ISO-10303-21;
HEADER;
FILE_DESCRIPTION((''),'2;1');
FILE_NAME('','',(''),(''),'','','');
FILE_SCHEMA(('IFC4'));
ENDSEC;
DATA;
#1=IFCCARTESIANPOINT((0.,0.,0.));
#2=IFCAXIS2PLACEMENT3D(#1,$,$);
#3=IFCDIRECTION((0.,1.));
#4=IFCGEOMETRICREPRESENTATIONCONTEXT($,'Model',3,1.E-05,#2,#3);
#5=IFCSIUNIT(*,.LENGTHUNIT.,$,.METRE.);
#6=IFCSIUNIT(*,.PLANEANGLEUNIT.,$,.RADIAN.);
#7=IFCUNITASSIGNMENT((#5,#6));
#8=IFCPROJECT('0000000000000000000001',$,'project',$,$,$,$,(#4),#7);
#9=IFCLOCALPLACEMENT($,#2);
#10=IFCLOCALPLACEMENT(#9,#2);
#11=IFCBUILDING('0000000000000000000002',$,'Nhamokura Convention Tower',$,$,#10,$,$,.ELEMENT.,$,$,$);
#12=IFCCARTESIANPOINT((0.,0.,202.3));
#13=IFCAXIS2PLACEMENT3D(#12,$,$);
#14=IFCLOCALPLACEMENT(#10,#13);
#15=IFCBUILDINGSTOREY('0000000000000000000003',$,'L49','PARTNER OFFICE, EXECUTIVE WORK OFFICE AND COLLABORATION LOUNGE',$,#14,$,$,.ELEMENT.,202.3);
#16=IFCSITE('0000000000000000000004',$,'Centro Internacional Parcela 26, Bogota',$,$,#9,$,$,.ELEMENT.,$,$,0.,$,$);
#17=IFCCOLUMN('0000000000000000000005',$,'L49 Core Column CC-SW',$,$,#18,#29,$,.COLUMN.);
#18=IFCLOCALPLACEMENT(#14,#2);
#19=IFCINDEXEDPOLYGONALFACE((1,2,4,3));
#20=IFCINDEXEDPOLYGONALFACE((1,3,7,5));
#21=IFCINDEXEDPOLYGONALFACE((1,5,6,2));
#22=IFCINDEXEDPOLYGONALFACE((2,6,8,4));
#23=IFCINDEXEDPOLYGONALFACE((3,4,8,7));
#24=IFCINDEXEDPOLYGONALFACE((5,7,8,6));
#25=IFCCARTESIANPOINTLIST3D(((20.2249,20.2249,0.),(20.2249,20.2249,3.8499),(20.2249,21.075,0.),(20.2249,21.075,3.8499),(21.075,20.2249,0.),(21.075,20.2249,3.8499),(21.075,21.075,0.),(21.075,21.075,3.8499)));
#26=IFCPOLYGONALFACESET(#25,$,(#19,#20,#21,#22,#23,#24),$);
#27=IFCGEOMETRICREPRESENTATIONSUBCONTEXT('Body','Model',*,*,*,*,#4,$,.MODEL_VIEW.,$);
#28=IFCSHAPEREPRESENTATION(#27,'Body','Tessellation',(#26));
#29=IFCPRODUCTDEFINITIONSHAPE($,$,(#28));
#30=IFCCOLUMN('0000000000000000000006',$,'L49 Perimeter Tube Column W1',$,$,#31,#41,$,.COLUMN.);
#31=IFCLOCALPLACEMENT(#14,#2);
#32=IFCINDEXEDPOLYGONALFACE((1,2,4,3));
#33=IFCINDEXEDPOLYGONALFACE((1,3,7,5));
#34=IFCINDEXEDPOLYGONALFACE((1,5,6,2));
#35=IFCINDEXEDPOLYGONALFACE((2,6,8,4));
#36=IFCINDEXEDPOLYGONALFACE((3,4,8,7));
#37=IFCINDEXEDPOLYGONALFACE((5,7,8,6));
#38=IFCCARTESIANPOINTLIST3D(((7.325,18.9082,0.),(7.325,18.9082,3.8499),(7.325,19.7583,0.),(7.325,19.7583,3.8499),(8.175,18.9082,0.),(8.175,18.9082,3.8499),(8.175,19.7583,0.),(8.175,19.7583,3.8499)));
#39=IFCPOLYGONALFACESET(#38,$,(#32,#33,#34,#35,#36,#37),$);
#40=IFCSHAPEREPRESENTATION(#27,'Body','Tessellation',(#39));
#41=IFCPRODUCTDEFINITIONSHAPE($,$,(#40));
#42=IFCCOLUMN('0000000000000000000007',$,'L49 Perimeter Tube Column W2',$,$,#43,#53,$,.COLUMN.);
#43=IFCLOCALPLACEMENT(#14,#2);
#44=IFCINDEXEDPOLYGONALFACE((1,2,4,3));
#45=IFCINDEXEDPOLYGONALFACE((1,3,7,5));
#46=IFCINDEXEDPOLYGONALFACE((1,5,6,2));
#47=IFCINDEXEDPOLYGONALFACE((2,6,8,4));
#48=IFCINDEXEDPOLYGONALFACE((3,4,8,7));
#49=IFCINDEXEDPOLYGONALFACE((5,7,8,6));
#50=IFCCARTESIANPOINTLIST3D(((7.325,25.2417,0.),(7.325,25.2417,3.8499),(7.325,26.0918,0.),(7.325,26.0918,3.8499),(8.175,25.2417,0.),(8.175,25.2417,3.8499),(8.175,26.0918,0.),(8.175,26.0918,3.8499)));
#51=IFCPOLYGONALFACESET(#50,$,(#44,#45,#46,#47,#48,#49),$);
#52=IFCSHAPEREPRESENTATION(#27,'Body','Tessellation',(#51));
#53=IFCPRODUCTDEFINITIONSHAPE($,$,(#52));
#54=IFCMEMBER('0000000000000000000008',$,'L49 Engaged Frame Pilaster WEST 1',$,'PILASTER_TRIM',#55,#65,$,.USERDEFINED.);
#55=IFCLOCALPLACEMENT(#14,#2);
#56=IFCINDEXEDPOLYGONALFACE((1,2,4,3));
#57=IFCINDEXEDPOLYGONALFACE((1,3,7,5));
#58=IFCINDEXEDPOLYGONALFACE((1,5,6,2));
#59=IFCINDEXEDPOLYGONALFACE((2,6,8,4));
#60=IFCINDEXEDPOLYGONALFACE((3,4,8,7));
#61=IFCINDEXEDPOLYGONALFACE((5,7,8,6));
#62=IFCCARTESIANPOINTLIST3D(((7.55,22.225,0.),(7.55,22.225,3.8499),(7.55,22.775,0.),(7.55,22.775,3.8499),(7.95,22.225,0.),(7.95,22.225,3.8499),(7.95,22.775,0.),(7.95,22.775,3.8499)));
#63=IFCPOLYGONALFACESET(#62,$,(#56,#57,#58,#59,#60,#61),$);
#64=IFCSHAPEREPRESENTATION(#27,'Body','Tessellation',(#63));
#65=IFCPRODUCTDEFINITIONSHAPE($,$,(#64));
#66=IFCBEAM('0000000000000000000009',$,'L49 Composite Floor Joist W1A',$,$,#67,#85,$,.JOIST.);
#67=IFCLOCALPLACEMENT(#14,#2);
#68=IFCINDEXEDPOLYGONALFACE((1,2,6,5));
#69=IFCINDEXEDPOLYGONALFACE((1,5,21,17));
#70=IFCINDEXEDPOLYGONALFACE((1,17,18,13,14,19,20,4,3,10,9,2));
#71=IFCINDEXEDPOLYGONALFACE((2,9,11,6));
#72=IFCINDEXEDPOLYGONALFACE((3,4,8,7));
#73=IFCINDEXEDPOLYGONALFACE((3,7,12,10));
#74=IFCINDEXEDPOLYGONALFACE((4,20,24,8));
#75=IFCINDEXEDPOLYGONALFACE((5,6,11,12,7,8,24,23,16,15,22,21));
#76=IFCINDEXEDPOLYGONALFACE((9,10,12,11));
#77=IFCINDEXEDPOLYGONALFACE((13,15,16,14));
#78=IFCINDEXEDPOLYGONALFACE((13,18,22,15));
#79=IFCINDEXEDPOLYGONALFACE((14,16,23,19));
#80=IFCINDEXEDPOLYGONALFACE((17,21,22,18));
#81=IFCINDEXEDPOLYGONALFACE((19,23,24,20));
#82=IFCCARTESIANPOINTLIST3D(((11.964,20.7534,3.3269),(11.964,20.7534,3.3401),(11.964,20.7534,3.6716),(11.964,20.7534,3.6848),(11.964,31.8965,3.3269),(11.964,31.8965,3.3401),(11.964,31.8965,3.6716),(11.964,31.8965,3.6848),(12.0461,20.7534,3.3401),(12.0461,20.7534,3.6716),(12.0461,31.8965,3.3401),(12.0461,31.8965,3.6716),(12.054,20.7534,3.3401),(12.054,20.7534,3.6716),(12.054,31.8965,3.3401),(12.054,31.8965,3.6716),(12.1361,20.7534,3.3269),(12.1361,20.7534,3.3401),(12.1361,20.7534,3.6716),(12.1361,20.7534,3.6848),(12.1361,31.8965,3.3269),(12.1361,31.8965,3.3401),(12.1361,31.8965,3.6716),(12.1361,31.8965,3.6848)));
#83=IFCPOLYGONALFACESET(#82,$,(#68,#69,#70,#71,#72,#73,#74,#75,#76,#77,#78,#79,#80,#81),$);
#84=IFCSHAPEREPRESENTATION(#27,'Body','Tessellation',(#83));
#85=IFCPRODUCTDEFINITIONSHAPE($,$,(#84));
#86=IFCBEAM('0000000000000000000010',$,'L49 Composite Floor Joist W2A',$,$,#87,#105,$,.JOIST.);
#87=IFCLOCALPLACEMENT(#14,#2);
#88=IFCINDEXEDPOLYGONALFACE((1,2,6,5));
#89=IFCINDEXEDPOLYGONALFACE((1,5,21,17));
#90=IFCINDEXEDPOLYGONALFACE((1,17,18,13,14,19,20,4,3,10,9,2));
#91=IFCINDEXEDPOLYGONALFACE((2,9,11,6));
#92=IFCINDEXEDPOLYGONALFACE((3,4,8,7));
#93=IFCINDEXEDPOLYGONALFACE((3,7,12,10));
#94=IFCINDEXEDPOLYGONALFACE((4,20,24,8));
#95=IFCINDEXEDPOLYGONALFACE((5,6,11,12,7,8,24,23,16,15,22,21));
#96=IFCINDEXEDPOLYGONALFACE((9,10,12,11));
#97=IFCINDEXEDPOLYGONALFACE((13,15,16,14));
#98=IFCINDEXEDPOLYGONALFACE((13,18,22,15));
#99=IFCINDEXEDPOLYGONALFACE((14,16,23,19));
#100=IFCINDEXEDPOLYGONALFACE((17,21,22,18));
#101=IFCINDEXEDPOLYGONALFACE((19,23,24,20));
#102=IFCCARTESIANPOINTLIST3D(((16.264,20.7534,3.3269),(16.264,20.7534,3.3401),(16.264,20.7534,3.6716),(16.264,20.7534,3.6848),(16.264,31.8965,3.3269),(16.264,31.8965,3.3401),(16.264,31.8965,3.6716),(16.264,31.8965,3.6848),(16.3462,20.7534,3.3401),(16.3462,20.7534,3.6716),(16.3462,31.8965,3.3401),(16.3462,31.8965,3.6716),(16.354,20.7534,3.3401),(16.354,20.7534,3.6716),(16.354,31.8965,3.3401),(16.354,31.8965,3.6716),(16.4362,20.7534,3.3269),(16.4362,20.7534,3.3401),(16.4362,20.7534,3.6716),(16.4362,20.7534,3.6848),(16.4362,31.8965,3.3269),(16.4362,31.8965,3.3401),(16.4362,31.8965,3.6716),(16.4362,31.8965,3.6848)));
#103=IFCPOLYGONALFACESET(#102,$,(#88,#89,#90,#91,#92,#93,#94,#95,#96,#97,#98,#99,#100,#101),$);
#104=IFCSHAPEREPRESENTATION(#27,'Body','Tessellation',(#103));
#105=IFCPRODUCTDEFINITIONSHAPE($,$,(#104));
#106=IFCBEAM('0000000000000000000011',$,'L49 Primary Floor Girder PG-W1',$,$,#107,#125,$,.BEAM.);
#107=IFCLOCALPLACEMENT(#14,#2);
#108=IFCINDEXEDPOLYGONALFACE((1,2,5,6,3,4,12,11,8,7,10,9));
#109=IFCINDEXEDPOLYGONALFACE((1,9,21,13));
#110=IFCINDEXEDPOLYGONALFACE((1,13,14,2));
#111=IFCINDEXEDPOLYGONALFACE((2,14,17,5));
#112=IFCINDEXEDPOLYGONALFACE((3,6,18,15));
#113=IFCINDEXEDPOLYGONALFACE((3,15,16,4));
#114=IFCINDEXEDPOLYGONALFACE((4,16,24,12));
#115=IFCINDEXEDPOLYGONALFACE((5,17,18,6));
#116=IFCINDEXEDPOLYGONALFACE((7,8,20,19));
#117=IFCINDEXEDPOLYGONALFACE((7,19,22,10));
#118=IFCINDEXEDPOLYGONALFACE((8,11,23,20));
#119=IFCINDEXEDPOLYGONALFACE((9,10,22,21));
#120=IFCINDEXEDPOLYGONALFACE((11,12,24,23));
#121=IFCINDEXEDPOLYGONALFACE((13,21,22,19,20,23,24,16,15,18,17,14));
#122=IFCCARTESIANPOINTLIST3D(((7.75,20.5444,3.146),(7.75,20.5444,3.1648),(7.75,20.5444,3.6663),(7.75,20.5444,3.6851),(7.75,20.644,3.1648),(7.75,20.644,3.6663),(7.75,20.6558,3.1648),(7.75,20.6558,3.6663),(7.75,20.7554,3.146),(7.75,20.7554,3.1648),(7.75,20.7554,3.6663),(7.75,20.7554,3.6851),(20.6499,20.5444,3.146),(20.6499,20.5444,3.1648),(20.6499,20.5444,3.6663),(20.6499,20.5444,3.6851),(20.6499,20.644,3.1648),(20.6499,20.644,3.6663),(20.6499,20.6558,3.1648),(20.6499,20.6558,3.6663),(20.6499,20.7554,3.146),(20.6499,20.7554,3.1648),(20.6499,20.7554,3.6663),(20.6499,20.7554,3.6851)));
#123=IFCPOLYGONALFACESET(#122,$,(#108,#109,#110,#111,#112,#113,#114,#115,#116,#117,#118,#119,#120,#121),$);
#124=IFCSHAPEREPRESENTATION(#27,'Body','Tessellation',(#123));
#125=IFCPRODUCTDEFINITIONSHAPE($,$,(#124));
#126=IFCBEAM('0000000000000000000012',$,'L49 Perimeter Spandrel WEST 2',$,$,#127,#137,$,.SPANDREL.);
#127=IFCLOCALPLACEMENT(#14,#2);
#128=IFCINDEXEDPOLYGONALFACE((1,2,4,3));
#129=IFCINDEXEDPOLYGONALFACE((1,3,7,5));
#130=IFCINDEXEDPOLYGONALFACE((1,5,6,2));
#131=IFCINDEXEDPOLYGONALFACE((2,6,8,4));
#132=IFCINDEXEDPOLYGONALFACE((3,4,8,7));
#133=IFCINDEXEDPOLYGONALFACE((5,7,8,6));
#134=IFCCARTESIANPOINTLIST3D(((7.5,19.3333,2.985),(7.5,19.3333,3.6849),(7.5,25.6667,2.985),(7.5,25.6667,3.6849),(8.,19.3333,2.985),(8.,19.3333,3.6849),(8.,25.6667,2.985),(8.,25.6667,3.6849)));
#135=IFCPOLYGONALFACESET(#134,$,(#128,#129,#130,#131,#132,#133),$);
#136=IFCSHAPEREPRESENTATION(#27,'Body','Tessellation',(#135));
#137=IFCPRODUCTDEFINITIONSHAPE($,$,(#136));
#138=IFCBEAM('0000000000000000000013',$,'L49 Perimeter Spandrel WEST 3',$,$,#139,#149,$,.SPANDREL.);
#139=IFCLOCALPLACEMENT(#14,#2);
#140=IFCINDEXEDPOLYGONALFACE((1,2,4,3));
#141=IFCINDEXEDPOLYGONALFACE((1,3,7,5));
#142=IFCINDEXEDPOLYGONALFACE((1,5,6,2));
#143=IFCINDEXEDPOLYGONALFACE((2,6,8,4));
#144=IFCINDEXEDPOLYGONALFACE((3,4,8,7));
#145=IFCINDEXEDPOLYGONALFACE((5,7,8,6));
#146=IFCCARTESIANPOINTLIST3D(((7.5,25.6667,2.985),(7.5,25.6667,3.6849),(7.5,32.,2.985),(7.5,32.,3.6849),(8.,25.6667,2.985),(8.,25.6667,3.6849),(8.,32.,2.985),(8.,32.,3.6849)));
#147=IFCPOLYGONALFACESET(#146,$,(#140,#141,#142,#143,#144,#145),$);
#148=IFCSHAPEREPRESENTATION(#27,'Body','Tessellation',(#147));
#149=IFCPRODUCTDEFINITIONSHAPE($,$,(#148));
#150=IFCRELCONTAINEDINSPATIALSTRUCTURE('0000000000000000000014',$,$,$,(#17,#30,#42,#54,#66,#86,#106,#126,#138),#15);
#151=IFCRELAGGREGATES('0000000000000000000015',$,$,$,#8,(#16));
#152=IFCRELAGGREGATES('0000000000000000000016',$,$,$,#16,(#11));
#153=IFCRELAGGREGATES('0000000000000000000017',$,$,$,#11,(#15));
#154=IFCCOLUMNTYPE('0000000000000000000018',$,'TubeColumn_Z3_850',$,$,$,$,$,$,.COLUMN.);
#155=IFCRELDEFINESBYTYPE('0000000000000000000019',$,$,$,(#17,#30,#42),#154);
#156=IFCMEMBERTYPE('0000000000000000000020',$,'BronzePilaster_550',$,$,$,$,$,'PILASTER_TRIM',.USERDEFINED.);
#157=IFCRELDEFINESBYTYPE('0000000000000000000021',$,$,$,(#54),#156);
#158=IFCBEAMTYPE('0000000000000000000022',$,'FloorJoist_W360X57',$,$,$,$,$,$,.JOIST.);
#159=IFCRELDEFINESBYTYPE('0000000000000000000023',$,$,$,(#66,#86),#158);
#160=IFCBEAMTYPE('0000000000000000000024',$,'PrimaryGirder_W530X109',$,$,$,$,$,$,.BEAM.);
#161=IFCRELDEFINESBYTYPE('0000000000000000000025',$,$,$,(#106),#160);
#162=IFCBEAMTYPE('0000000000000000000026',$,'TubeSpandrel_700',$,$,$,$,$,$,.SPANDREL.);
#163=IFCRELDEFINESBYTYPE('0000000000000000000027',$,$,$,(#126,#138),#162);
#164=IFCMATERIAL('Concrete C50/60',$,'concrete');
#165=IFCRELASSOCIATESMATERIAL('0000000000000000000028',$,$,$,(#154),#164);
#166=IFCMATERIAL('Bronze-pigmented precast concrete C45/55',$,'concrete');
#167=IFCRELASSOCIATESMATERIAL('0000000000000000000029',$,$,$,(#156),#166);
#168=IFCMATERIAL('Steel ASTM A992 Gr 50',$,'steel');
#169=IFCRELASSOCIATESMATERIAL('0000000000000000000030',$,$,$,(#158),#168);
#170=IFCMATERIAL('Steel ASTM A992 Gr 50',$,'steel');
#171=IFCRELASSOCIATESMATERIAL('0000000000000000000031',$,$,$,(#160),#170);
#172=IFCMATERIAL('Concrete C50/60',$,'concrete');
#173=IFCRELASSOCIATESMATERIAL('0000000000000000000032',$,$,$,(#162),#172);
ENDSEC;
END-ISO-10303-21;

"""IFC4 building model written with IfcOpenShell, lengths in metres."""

from ifc_helpers import new_model, si_unit, direction, frame, origin, origin_2d, place, context, subcontext, project, spatial, rectangle, i_section, extrude, material, material_profile, profile_set, type_object, element, save


model = new_model("IFC4")

# Units and contexts
model_context = context("Model", 3, precision=1e-05, world=origin(), true_north=direction((0.0, 1.0)))
body_context = subcontext(model_context, "Body", "Model", "MODEL_VIEW")
ifc_project = project(units=[si_unit("LENGTHUNIT", "METRE"), si_unit("PLANEANGLEUNIT", "RADIAN")], contexts=[model_context])

# Site, building, storey
site_placement = place(None, origin())
site = spatial("IfcSite", under=ifc_project, at=site_placement, Name="Centro Internacional Parcela 26, Bogota", CompositionType="ELEMENT", RefElevation=0.0)
building_placement = place(site_placement, origin())
building = spatial("IfcBuilding", under=site, at=building_placement, Name="Nhamokura Convention Tower", CompositionType="ELEMENT")
storey_placement = place(building_placement, frame((0.0, 0.0, 202.3)))
storey = spatial("IfcBuildingStorey", under=building, at=storey_placement, Name="L49", Description="PARTNER OFFICE, EXECUTIVE WORK OFFICE AND COLLABORATION LOUNGE", CompositionType="ELEMENT", Elevation=202.3)

# Columns
ifc_material_1 = material(Name="Concrete C50/60", Category="concrete")
ifc_material_profile_1 = material_profile(ifc_material_1, rectangle(XDim=0.8501, YDim=0.8501, at=origin_2d()))
ifc_profile_set_1 = profile_set([ifc_material_profile_1], Name="Concrete C50/60")
column_type = type_object("IfcColumnType", Name="TubeColumn_Z3_850", PredefinedType="COLUMN", material=ifc_profile_set_1)
for number, where, z_axis, x_axis, name in (
    (1, (20.6499, 20.6499, 0.0), (0.0, 0.0, 1.0), (1.0, 0.0, 0.0), "L49 Core Column CC-SW"),
    (2, (7.75, 19.3333, 0.0), (0.0, 0.0, 1.0), (1.0, 0.0, 0.0), "L49 Perimeter Tube Column W1"),
    (3, (7.75, 25.6667, 0.0), (0.0, 0.0, 1.0), (1.0, 0.0, 0.0), "L49 Perimeter Tube Column W2"),
):
    element("IfcColumn", number, at=place(storey_placement, frame(where, z_axis=z_axis, x_axis=x_axis)), inside=storey, type_object=column_type, Name=name, PredefinedType="COLUMN", context=body_context, shape_type="SweptSolid", body=[
        extrude(rectangle(XDim=0.8501, YDim=0.8501, at=origin_2d()), origin(), (0.0, 0.0, 1.0), 3.8499),
    ])

# Member
ifc_material_2 = material(Name="Bronze-pigmented precast concrete C45/55", Category="concrete")
ifc_material_profile_2 = material_profile(ifc_material_2, rectangle(XDim=0.3999, YDim=0.55, at=origin_2d()))
ifc_profile_set_2 = profile_set([ifc_material_profile_2], Name="Bronze-pigmented precast concrete C45/55")
member_type = type_object("IfcMemberType", Name="BronzePilaster_550", ElementType="PILASTER_TRIM", PredefinedType="USERDEFINED", material=ifc_profile_set_2)
member_placement = place(storey_placement, frame((7.75, 22.5, 0.0), z_axis=(0.0, 0.0, 1.0), x_axis=(1.0, 0.0, 0.0)))
element("IfcMember", 4, at=member_placement, inside=storey, type_object=member_type, Name="L49 Engaged Frame Pilaster WEST 1", ObjectType="PILASTER_TRIM", PredefinedType="USERDEFINED", context=body_context, shape_type="SweptSolid", body=[
    extrude(rectangle(XDim=0.3999, YDim=0.55, at=origin_2d()), origin(), (0.0, 0.0, 1.0), 3.8499),
])

# Beams
ifc_material_3 = material(Name="Steel ASTM A992 Gr 50", Category="steel")
ifc_material_profile_3 = material_profile(ifc_material_3, i_section(OverallWidth=0.1721, OverallDepth=0.3579, WebThickness=0.0078, FlangeThickness=0.0132, at=origin_2d()))
ifc_profile_set_3 = profile_set([ifc_material_profile_3], Name="Steel ASTM A992 Gr 50")
beam_type_1 = type_object("IfcBeamType", Name="FloorJoist_W360X57", PredefinedType="JOIST", material=ifc_profile_set_3)
for number, where, z_axis, x_axis, name in (
    (5, (12.05, 20.7534, 3.5059), (0.0, 1.0, 0.0), (-1.0, 0.0, 0.0), "L49 Composite Floor Joist W1A"),
    (6, (16.3501, 20.7534, 3.5059), (0.0, 1.0, 0.0), (-1.0, 0.0, 0.0), "L49 Composite Floor Joist W2A"),
):
    element("IfcBeam", number, at=place(storey_placement, frame(where, z_axis=z_axis, x_axis=x_axis)), inside=storey, type_object=beam_type_1, Name=name, PredefinedType="JOIST", context=body_context, shape_type="SweptSolid", body=[
        extrude(i_section(OverallWidth=0.1721, OverallDepth=0.3579, WebThickness=0.0078, FlangeThickness=0.0132, at=origin_2d()), origin(), (0.0, 0.0, 1.0), 11.1431),
    ])
ifc_material_4 = material(Name="Steel ASTM A992 Gr 50", Category="steel")
ifc_material_profile_4 = material_profile(ifc_material_4, i_section(OverallWidth=0.2109, OverallDepth=0.5391, WebThickness=0.0117, FlangeThickness=0.0188, at=origin_2d()))
ifc_profile_set_4 = profile_set([ifc_material_profile_4], Name="Steel ASTM A992 Gr 50")
beam_type_2 = type_object("IfcBeamType", Name="PrimaryGirder_W530X109", PredefinedType="BEAM", material=ifc_profile_set_4)
beam_1_placement = place(storey_placement, frame((7.75, 20.6499, 3.4155), z_axis=(1.0, 0.0, 0.0), x_axis=(0.0, 1.0, 0.0)))
element("IfcBeam", 7, at=beam_1_placement, inside=storey, type_object=beam_type_2, Name="L49 Primary Floor Girder PG-W1", PredefinedType="BEAM", context=body_context, shape_type="SweptSolid", body=[
    extrude(i_section(OverallWidth=0.2109, OverallDepth=0.5391, WebThickness=0.0117, FlangeThickness=0.0188, at=origin_2d()), origin(), (0.0, 0.0, 1.0), 12.8999),
])
ifc_material_5 = material(Name="Concrete C50/60", Category="concrete")
ifc_material_profile_5 = material_profile(ifc_material_5, rectangle(XDim=0.5, YDim=0.7, at=origin_2d()))
ifc_profile_set_5 = profile_set([ifc_material_profile_5], Name="Concrete C50/60")
beam_type_3 = type_object("IfcBeamType", Name="TubeSpandrel_700", PredefinedType="SPANDREL", material=ifc_profile_set_5)
beam_2_placement = place(storey_placement, frame((7.75, 19.3333, 3.335), z_axis=(0.0, 1.0, 0.0), x_axis=(-1.0, 0.0, 0.0)))
element("IfcBeam", 8, at=beam_2_placement, inside=storey, type_object=beam_type_3, Name="L49 Perimeter Spandrel WEST 2", PredefinedType="SPANDREL", context=body_context, shape_type="SweptSolid", body=[
    extrude(rectangle(XDim=0.5, YDim=0.7, at=origin_2d()), origin(), (0.0, 0.0, 1.0), 6.3335),
])
beam_3_placement = place(storey_placement, frame((7.75, 25.6667, 3.335), z_axis=(0.0, 1.0, 0.0), x_axis=(-1.0, 0.0, 0.0)))
element("IfcBeam", 9, at=beam_3_placement, inside=storey, type_object=beam_type_3, Name="L49 Perimeter Spandrel WEST 3", PredefinedType="SPANDREL", context=body_context, shape_type="SweptSolid", body=[
    extrude(rectangle(XDim=0.5, YDim=0.7, at=origin_2d()), origin(), (0.0, 0.0, 1.0), 6.3333),
])

save(model, "model.ifc")
